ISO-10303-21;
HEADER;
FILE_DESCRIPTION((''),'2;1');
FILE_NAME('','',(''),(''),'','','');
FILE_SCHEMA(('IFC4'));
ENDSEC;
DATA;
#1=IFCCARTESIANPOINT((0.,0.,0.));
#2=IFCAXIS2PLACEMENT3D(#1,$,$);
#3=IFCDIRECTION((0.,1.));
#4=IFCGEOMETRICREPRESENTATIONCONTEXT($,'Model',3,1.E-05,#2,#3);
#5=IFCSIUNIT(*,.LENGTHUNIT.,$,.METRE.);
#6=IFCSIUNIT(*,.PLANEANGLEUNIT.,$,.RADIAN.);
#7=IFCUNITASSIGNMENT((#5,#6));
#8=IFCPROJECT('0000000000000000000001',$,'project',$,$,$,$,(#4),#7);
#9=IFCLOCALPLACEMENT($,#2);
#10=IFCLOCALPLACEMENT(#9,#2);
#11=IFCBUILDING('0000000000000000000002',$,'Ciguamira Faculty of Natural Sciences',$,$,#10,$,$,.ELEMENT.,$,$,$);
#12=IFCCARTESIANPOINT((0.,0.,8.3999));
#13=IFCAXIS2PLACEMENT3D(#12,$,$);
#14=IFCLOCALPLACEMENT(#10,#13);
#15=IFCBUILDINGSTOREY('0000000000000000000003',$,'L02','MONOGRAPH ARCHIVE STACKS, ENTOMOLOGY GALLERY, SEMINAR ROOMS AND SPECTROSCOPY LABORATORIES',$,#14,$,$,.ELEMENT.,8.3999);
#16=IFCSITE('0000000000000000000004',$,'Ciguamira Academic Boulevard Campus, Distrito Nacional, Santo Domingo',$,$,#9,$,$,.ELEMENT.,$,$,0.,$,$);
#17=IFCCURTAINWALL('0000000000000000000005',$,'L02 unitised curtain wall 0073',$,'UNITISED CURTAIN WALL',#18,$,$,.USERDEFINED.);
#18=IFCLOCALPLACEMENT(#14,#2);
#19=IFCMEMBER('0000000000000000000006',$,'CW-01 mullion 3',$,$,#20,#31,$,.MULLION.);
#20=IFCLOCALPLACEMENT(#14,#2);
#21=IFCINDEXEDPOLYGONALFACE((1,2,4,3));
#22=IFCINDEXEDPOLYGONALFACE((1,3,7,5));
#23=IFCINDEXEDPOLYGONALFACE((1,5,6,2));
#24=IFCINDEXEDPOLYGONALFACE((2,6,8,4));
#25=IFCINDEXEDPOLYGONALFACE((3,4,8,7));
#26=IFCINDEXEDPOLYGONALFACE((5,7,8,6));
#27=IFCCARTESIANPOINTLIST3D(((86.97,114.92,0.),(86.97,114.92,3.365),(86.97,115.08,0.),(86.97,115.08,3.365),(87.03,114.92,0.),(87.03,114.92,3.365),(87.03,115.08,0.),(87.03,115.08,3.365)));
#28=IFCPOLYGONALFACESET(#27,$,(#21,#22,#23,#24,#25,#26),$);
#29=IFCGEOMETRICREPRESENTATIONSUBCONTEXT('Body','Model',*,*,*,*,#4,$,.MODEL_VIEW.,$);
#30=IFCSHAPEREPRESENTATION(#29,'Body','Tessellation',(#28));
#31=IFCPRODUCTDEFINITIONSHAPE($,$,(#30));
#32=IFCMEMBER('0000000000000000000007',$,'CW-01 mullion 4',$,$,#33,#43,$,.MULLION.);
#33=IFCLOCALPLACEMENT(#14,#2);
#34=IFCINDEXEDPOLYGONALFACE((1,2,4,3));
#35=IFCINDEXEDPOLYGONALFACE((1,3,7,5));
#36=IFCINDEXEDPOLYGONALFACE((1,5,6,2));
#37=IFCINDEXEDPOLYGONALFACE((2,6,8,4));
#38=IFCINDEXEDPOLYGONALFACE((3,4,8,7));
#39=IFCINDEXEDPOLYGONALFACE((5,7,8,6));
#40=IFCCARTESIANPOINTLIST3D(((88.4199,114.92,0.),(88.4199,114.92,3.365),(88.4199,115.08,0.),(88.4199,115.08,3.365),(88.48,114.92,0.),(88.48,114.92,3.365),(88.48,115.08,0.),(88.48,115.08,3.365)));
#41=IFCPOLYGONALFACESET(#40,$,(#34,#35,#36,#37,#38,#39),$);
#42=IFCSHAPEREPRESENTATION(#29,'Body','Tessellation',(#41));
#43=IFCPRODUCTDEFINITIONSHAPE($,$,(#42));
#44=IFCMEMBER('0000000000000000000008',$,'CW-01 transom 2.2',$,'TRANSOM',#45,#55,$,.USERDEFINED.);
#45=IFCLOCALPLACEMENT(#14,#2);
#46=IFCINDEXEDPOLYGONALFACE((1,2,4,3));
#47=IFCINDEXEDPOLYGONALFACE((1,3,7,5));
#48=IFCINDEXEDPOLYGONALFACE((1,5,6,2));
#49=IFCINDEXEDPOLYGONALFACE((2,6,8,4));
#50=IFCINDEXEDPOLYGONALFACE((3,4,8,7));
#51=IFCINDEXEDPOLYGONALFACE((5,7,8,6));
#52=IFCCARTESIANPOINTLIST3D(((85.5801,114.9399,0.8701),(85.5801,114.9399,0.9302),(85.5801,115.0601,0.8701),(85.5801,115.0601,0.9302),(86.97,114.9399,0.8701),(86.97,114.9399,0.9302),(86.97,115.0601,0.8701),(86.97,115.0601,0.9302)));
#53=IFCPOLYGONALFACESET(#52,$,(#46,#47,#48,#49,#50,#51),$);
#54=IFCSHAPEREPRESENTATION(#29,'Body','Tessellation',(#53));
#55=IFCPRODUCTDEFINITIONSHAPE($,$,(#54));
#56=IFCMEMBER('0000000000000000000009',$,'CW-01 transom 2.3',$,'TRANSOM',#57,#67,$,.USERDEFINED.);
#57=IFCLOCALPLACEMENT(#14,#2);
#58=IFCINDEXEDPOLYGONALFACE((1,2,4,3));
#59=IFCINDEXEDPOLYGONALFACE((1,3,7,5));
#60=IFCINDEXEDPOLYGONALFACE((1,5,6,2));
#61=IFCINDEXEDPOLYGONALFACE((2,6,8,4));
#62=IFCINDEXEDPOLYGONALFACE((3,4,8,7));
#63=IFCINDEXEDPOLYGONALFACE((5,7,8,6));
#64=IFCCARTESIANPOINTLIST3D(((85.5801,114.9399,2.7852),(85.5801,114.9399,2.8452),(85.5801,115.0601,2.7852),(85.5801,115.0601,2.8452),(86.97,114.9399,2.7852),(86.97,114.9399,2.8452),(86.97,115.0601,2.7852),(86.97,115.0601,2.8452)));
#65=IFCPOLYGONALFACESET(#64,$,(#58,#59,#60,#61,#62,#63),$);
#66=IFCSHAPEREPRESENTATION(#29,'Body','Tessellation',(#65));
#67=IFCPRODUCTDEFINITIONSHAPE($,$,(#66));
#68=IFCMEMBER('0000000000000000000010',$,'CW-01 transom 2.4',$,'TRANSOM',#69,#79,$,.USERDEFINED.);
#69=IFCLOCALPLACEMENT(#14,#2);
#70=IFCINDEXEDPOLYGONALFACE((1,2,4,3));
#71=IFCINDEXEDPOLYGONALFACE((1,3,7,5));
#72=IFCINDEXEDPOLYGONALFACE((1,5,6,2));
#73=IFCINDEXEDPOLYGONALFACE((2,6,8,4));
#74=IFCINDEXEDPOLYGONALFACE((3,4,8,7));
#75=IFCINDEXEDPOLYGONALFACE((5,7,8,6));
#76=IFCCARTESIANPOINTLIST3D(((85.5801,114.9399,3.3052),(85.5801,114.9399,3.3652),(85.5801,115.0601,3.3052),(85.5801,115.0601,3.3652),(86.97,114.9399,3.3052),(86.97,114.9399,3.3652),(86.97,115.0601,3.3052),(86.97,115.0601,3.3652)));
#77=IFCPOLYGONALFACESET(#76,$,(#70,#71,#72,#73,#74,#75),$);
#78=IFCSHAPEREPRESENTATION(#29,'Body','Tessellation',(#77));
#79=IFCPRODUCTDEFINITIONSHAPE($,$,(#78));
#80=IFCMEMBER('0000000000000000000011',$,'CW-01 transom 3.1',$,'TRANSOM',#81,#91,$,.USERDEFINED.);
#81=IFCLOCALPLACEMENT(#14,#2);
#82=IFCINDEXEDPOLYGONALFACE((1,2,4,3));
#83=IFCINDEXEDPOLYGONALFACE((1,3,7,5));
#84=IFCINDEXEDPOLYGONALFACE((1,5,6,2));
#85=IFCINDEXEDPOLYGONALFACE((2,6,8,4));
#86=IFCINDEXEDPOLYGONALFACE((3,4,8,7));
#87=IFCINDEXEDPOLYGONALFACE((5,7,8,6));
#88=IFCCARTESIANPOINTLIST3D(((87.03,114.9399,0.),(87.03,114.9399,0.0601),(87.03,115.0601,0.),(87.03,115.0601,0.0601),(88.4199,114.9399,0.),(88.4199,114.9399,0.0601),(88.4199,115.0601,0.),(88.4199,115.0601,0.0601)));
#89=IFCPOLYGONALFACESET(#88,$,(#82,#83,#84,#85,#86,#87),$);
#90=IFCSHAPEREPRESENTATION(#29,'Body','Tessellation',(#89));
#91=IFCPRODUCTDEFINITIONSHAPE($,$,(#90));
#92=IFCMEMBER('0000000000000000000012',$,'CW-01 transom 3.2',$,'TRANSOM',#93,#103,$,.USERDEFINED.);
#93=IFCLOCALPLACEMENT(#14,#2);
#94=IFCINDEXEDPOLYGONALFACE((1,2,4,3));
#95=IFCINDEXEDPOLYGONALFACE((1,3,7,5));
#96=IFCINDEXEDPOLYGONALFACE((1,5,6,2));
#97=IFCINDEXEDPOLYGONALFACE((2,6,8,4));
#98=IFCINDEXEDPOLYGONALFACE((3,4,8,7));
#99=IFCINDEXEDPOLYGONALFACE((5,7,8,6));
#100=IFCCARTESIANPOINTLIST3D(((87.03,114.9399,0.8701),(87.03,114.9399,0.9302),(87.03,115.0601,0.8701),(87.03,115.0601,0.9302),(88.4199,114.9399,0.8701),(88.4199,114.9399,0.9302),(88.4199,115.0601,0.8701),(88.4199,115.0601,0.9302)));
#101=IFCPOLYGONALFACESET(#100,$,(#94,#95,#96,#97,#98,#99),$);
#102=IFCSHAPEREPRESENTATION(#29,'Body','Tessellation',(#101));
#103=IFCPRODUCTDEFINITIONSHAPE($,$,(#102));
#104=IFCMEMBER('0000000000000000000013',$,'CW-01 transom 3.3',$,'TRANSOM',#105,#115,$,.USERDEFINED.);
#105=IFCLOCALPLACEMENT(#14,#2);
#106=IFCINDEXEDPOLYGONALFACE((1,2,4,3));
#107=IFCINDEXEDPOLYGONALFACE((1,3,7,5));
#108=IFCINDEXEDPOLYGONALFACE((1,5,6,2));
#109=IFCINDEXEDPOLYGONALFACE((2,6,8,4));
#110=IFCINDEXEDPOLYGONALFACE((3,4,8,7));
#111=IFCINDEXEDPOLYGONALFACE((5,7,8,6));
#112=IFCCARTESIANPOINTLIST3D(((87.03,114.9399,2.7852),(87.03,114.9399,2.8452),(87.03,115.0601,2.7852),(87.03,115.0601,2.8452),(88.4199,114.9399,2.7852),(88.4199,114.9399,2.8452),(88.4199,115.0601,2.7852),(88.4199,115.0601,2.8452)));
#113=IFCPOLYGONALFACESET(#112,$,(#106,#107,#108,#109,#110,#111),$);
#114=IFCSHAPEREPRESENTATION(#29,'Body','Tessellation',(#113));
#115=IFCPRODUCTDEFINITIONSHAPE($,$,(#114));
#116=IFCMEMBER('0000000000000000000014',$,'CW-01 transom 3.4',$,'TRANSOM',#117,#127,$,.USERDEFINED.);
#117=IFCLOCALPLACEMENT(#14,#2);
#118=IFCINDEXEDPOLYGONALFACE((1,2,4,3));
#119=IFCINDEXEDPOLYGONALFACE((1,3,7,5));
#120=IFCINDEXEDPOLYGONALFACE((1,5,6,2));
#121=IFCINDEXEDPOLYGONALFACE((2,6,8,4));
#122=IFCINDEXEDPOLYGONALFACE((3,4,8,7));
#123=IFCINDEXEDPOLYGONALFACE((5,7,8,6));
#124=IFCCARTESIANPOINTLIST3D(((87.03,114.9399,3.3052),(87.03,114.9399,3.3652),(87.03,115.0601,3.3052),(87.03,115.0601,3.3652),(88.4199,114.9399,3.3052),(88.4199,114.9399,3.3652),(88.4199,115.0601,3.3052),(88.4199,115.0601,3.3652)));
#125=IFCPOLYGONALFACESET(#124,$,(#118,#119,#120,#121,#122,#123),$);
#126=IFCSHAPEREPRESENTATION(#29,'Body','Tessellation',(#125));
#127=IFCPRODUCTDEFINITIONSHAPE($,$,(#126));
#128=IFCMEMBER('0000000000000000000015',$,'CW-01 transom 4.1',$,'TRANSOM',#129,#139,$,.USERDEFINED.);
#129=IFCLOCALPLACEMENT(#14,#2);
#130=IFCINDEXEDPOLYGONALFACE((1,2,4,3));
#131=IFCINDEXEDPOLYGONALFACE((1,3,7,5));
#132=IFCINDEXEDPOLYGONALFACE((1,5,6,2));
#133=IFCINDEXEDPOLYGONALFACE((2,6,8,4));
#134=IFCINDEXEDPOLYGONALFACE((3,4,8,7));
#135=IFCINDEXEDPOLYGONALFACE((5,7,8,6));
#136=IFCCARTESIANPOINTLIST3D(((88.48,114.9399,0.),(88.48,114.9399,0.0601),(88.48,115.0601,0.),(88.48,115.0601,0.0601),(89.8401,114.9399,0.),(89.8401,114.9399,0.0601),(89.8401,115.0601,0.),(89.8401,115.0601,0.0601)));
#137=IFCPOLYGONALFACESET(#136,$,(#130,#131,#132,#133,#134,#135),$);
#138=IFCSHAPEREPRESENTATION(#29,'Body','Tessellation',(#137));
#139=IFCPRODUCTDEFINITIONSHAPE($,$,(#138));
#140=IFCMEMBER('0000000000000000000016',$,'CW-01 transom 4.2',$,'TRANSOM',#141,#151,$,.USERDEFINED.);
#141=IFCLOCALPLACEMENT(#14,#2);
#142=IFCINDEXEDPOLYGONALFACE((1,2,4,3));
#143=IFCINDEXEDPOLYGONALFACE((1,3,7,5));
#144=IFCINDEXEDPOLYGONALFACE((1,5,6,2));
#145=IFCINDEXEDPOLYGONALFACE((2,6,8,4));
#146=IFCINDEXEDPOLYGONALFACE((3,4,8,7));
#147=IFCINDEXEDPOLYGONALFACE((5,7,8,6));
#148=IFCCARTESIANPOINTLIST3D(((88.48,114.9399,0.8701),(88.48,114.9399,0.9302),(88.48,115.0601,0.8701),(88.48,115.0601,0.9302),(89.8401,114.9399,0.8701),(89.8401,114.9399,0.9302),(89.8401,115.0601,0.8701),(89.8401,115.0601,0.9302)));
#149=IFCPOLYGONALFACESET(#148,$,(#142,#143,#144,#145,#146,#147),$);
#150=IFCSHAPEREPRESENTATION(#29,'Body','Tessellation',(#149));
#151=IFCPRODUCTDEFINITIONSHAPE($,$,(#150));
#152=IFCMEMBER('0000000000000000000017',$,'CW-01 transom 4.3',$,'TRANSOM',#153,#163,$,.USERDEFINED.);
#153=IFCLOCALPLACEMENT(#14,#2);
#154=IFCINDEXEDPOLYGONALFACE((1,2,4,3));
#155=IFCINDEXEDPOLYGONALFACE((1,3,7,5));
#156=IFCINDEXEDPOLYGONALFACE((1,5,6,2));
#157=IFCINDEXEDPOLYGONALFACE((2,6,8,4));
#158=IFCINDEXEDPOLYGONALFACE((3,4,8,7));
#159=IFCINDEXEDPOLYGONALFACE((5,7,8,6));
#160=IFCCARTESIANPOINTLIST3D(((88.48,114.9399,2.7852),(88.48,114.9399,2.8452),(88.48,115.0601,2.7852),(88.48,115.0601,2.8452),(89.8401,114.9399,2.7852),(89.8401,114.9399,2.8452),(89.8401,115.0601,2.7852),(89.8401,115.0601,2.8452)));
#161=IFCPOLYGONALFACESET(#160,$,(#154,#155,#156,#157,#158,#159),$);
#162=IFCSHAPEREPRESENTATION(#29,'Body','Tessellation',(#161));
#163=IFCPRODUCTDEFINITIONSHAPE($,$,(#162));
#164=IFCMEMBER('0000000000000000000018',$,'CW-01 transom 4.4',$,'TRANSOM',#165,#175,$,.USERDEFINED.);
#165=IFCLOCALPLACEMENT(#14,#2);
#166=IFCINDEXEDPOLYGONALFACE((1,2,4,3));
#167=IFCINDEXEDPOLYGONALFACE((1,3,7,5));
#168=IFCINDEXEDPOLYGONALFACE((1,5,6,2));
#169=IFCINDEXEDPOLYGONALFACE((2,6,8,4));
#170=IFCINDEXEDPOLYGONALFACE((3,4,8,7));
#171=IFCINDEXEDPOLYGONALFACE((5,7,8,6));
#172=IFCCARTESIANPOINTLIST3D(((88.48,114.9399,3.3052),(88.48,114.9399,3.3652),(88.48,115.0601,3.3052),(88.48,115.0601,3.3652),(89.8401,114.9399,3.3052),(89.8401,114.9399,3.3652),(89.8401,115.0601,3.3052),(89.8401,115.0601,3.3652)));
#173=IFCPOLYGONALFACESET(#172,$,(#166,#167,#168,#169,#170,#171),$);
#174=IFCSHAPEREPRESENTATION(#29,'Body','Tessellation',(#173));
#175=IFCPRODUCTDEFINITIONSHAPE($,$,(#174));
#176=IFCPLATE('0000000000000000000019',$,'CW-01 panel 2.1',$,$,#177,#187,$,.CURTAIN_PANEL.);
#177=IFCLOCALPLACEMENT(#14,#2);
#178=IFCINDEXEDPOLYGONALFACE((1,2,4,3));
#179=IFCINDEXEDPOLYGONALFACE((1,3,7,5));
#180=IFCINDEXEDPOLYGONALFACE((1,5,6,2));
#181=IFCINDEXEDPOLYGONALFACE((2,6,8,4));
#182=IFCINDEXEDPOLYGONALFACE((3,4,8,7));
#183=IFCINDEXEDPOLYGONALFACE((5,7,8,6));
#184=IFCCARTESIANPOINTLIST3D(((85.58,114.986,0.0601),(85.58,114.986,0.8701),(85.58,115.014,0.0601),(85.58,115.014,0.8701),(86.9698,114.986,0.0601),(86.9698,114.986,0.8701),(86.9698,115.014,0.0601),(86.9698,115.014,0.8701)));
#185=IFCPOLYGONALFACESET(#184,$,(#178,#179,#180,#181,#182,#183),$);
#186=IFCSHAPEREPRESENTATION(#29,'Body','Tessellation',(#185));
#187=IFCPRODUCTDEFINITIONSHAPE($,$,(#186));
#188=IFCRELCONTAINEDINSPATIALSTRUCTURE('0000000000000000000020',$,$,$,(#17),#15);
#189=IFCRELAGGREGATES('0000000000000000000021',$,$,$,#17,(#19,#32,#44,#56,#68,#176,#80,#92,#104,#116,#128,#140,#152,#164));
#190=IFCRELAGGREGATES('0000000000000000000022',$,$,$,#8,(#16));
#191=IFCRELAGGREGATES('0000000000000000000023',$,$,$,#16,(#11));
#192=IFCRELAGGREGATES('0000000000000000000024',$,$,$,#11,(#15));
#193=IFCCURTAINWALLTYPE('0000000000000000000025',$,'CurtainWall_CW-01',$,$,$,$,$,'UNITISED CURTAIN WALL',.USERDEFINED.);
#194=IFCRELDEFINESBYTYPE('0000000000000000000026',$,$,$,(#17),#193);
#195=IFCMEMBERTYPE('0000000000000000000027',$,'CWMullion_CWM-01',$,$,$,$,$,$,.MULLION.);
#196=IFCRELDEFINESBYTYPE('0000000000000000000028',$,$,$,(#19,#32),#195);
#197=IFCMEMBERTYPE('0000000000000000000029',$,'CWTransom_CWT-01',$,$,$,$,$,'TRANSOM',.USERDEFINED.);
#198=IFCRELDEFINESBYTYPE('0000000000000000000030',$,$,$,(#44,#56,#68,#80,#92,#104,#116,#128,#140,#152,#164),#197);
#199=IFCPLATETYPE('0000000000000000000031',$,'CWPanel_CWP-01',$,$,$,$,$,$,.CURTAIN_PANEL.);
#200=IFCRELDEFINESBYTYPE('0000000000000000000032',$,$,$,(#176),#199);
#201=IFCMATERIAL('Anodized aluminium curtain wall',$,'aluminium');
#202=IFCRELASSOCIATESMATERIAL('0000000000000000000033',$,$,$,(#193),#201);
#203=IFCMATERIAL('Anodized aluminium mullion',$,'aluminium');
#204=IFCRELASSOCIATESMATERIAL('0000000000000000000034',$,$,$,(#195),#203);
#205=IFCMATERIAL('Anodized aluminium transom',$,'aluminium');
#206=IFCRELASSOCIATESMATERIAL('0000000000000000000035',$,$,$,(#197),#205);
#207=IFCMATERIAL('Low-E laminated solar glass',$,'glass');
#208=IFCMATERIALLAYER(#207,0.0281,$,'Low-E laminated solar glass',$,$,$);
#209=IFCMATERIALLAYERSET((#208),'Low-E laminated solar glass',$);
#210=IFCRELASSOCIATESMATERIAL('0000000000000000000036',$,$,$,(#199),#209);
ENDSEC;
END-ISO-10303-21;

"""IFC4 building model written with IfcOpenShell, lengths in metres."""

from ifc_helpers import new_model, si_unit, direction, frame, origin, origin_2d, place, context, subcontext, project, spatial, rectangle, extrude, material, layer, layer_set, material_profile, profile_set, type_object, element, aggregate, save


model = new_model("IFC4")

# Units and contexts
model_context = context("Model", 3, precision=1e-05, world=origin(), true_north=direction((0.0, 1.0)))
body_context = subcontext(model_context, "Body", "Model", "MODEL_VIEW")
ifc_project = project(units=[si_unit("LENGTHUNIT", "METRE"), si_unit("PLANEANGLEUNIT", "RADIAN")], contexts=[model_context])

# Site, building, storey
site_placement = place(None, origin())
site = spatial("IfcSite", under=ifc_project, at=site_placement, Name="Ciguamira Academic Boulevard Campus, Distrito Nacional, Santo Domingo", CompositionType="ELEMENT", RefElevation=0.0)
building_placement = place(site_placement, origin())
building = spatial("IfcBuilding", under=site, at=building_placement, Name="Ciguamira Faculty of Natural Sciences", CompositionType="ELEMENT")
storey_placement = place(building_placement, frame((0.0, 0.0, 8.3999)))
storey = spatial("IfcBuildingStorey", under=building, at=storey_placement, Name="L02", Description="MONOGRAPH ARCHIVE STACKS, ENTOMOLOGY GALLERY, SEMINAR ROOMS AND SPECTROSCOPY LABORATORIES", CompositionType="ELEMENT", Elevation=8.3999)

# Curtain wall, members, plate
ifc_material_1 = material(Name="Anodized aluminium curtain wall", Category="aluminium")
curtain_wall_type = type_object("IfcCurtainWallType", Name="CurtainWall_CW-01", ElementType="UNITISED CURTAIN WALL", PredefinedType="USERDEFINED", material=ifc_material_1)
curtain_wall_placement = place(storey_placement, origin())
curtain_wall = element("IfcCurtainWall", 1, at=curtain_wall_placement, inside=storey, type_object=curtain_wall_type, Name="L02 unitised curtain wall 0073", ObjectType="UNITISED CURTAIN WALL", PredefinedType="USERDEFINED")
ifc_material_2 = material(Name="Anodized aluminium mullion", Category="aluminium")
ifc_material_profile_1 = material_profile(ifc_material_2, rectangle(XDim=0.0601, YDim=0.1599, at=origin_2d()), Name="ALU-MUL-60X160")
ifc_profile_set_1 = profile_set([ifc_material_profile_1], Name="Anodized aluminium mullion")
member_type_1 = type_object("IfcMemberType", Name="CWMullion_CWM-01", PredefinedType="MULLION", material=ifc_profile_set_1)
member_1_placement = place(storey_placement, frame((87.0, 115.0, 0.0), z_axis=(0.0, 0.0, 1.0), x_axis=(1.0, 0.0, 0.0)))
member_1 = element("IfcMember", 2, at=member_1_placement, type_object=member_type_1, Name="CW-01 mullion 3", PredefinedType="MULLION", context=body_context, shape_type="SweptSolid", body=[
    extrude(rectangle(XDim=0.0601, YDim=0.1599, at=origin_2d()), origin(), (0.0, 0.0, 1.0), 3.365),
])
member_2_placement = place(storey_placement, frame((88.45, 115.0, 0.0), z_axis=(0.0, 0.0, 1.0), x_axis=(1.0, 0.0, 0.0)))
member_2 = element("IfcMember", 3, at=member_2_placement, type_object=member_type_1, Name="CW-01 mullion 4", PredefinedType="MULLION", context=body_context, shape_type="SweptSolid", body=[
    extrude(rectangle(XDim=0.0601, YDim=0.1599, at=origin_2d()), origin(), (0.0, 0.0, 1.0), 3.365),
])
ifc_material_3 = material(Name="Anodized aluminium transom", Category="aluminium")
ifc_material_profile_2 = material_profile(ifc_material_3, rectangle(XDim=0.0601, YDim=0.1201, at=origin_2d()), Name="ALU-TRN-60X120")
ifc_profile_set_2 = profile_set([ifc_material_profile_2], Name="Anodized aluminium transom")
member_type_2 = type_object("IfcMemberType", Name="CWTransom_CWT-01", ElementType="TRANSOM", PredefinedType="USERDEFINED", material=ifc_profile_set_2)
member_3_placement = place(storey_placement, frame((85.5801, 115.0, 0.9001), z_axis=(1.0, 0.0, 0.0), x_axis=(0.0, 0.0, 1.0)))
member_3 = element("IfcMember", 4, at=member_3_placement, type_object=member_type_2, Name="CW-01 transom 2.2", ObjectType="TRANSOM", PredefinedType="USERDEFINED", context=body_context, shape_type="SweptSolid", body=[
    extrude(rectangle(XDim=0.0601, YDim=0.1201, at=origin_2d()), origin(), (0.0, 0.0, 1.0), 1.3899),
])
member_4_placement = place(storey_placement, frame((85.5801, 115.0, 2.8152), z_axis=(1.0, 0.0, 0.0), x_axis=(0.0, 0.0, 1.0)))
member_4 = element("IfcMember", 5, at=member_4_placement, type_object=member_type_2, Name="CW-01 transom 2.3", ObjectType="TRANSOM", PredefinedType="USERDEFINED", context=body_context, shape_type="SweptSolid", body=[
    extrude(rectangle(XDim=0.0601, YDim=0.1201, at=origin_2d()), origin(), (0.0, 0.0, 1.0), 1.3899),
])
member_5_placement = place(storey_placement, frame((85.5801, 115.0, 3.3352), z_axis=(1.0, 0.0, 0.0), x_axis=(0.0, 0.0, 1.0)))
member_5 = element("IfcMember", 6, at=member_5_placement, type_object=member_type_2, Name="CW-01 transom 2.4", ObjectType="TRANSOM", PredefinedType="USERDEFINED", context=body_context, shape_type="SweptSolid", body=[
    extrude(rectangle(XDim=0.0601, YDim=0.1201, at=origin_2d()), origin(), (0.0, 0.0, 1.0), 1.3899),
])
member_6_placement = place(storey_placement, frame((87.03, 115.0, 0.03), z_axis=(1.0, 0.0, 0.0), x_axis=(0.0, 0.0, 1.0)))
member_6 = element("IfcMember", 7, at=member_6_placement, type_object=member_type_2, Name="CW-01 transom 3.1", ObjectType="TRANSOM", PredefinedType="USERDEFINED", context=body_context, shape_type="SweptSolid", body=[
    extrude(rectangle(XDim=0.0601, YDim=0.1201, at=origin_2d()), origin(), (0.0, 0.0, 1.0), 1.3899),
])
member_7_placement = place(storey_placement, frame((87.03, 115.0, 0.9001), z_axis=(1.0, 0.0, 0.0), x_axis=(0.0, 0.0, 1.0)))
member_7 = element("IfcMember", 8, at=member_7_placement, type_object=member_type_2, Name="CW-01 transom 3.2", ObjectType="TRANSOM", PredefinedType="USERDEFINED", context=body_context, shape_type="SweptSolid", body=[
    extrude(rectangle(XDim=0.0601, YDim=0.1201, at=origin_2d()), origin(), (0.0, 0.0, 1.0), 1.3899),
])
member_8_placement = place(storey_placement, frame((87.03, 115.0, 2.8152), z_axis=(1.0, 0.0, 0.0), x_axis=(0.0, 0.0, 1.0)))
member_8 = element("IfcMember", 9, at=member_8_placement, type_object=member_type_2, Name="CW-01 transom 3.3", ObjectType="TRANSOM", PredefinedType="USERDEFINED", context=body_context, shape_type="SweptSolid", body=[
    extrude(rectangle(XDim=0.0601, YDim=0.1201, at=origin_2d()), origin(), (0.0, 0.0, 1.0), 1.3899),
])
member_9_placement = place(storey_placement, frame((87.03, 115.0, 3.3352), z_axis=(1.0, 0.0, 0.0), x_axis=(0.0, 0.0, 1.0)))
member_9 = element("IfcMember", 10, at=member_9_placement, type_object=member_type_2, Name="CW-01 transom 3.4", ObjectType="TRANSOM", PredefinedType="USERDEFINED", context=body_context, shape_type="SweptSolid", body=[
    extrude(rectangle(XDim=0.0601, YDim=0.1201, at=origin_2d()), origin(), (0.0, 0.0, 1.0), 1.3899),
])
member_10_placement = place(storey_placement, frame((88.48, 115.0, 0.03), z_axis=(1.0, 0.0, 0.0), x_axis=(0.0, 0.0, 1.0)))
member_10 = element("IfcMember", 11, at=member_10_placement, type_object=member_type_2, Name="CW-01 transom 4.1", ObjectType="TRANSOM", PredefinedType="USERDEFINED", context=body_context, shape_type="SweptSolid", body=[
    extrude(rectangle(XDim=0.0601, YDim=0.1201, at=origin_2d()), origin(), (0.0, 0.0, 1.0), 1.3601),
])
member_11_placement = place(storey_placement, frame((88.48, 115.0, 0.9001), z_axis=(1.0, 0.0, 0.0), x_axis=(0.0, 0.0, 1.0)))
member_11 = element("IfcMember", 12, at=member_11_placement, type_object=member_type_2, Name="CW-01 transom 4.2", ObjectType="TRANSOM", PredefinedType="USERDEFINED", context=body_context, shape_type="SweptSolid", body=[
    extrude(rectangle(XDim=0.0601, YDim=0.1201, at=origin_2d()), origin(), (0.0, 0.0, 1.0), 1.3601),
])
member_12_placement = place(storey_placement, frame((88.48, 115.0, 2.8152), z_axis=(1.0, 0.0, 0.0), x_axis=(0.0, 0.0, 1.0)))
member_12 = element("IfcMember", 13, at=member_12_placement, type_object=member_type_2, Name="CW-01 transom 4.3", ObjectType="TRANSOM", PredefinedType="USERDEFINED", context=body_context, shape_type="SweptSolid", body=[
    extrude(rectangle(XDim=0.0601, YDim=0.1201, at=origin_2d()), origin(), (0.0, 0.0, 1.0), 1.3601),
])
member_13_placement = place(storey_placement, frame((88.48, 115.0, 3.3352), z_axis=(1.0, 0.0, 0.0), x_axis=(0.0, 0.0, 1.0)))
member_13 = element("IfcMember", 14, at=member_13_placement, type_object=member_type_2, Name="CW-01 transom 4.4", ObjectType="TRANSOM", PredefinedType="USERDEFINED", context=body_context, shape_type="SweptSolid", body=[
    extrude(rectangle(XDim=0.0601, YDim=0.1201, at=origin_2d()), origin(), (0.0, 0.0, 1.0), 1.3601),
])
ifc_material_4 = material(Name="Low-E laminated solar glass", Category="glass")
ifc_layer = layer(ifc_material_4, 0.0281, Name="Low-E laminated solar glass")
ifc_layer_set = layer_set([ifc_layer], Name="Low-E laminated solar glass")
plate_type = type_object("IfcPlateType", Name="CWPanel_CWP-01", PredefinedType="CURTAIN_PANEL", material=ifc_layer_set)
plate_1_placement = place(storey_placement, frame((86.2749, 115.0, 0.0601), z_axis=(0.0, 0.0, 1.0), x_axis=(1.0, 0.0, 0.0)))
plate_1 = element("IfcPlate", 15, at=plate_1_placement, type_object=plate_type, Name="CW-01 panel 2.1", PredefinedType="CURTAIN_PANEL", context=body_context, shape_type="SweptSolid", body=[
    extrude(rectangle(XDim=1.3899, YDim=0.0281, at=origin_2d()), origin(), (0.0, 0.0, 1.0), 0.8101),
])
aggregate(curtain_wall, [member_1, member_2, member_3, member_4, member_5, plate_1, member_6, member_7, member_8, member_9, member_10, member_11, member_12, member_13])

save(model, "model.ifc")
